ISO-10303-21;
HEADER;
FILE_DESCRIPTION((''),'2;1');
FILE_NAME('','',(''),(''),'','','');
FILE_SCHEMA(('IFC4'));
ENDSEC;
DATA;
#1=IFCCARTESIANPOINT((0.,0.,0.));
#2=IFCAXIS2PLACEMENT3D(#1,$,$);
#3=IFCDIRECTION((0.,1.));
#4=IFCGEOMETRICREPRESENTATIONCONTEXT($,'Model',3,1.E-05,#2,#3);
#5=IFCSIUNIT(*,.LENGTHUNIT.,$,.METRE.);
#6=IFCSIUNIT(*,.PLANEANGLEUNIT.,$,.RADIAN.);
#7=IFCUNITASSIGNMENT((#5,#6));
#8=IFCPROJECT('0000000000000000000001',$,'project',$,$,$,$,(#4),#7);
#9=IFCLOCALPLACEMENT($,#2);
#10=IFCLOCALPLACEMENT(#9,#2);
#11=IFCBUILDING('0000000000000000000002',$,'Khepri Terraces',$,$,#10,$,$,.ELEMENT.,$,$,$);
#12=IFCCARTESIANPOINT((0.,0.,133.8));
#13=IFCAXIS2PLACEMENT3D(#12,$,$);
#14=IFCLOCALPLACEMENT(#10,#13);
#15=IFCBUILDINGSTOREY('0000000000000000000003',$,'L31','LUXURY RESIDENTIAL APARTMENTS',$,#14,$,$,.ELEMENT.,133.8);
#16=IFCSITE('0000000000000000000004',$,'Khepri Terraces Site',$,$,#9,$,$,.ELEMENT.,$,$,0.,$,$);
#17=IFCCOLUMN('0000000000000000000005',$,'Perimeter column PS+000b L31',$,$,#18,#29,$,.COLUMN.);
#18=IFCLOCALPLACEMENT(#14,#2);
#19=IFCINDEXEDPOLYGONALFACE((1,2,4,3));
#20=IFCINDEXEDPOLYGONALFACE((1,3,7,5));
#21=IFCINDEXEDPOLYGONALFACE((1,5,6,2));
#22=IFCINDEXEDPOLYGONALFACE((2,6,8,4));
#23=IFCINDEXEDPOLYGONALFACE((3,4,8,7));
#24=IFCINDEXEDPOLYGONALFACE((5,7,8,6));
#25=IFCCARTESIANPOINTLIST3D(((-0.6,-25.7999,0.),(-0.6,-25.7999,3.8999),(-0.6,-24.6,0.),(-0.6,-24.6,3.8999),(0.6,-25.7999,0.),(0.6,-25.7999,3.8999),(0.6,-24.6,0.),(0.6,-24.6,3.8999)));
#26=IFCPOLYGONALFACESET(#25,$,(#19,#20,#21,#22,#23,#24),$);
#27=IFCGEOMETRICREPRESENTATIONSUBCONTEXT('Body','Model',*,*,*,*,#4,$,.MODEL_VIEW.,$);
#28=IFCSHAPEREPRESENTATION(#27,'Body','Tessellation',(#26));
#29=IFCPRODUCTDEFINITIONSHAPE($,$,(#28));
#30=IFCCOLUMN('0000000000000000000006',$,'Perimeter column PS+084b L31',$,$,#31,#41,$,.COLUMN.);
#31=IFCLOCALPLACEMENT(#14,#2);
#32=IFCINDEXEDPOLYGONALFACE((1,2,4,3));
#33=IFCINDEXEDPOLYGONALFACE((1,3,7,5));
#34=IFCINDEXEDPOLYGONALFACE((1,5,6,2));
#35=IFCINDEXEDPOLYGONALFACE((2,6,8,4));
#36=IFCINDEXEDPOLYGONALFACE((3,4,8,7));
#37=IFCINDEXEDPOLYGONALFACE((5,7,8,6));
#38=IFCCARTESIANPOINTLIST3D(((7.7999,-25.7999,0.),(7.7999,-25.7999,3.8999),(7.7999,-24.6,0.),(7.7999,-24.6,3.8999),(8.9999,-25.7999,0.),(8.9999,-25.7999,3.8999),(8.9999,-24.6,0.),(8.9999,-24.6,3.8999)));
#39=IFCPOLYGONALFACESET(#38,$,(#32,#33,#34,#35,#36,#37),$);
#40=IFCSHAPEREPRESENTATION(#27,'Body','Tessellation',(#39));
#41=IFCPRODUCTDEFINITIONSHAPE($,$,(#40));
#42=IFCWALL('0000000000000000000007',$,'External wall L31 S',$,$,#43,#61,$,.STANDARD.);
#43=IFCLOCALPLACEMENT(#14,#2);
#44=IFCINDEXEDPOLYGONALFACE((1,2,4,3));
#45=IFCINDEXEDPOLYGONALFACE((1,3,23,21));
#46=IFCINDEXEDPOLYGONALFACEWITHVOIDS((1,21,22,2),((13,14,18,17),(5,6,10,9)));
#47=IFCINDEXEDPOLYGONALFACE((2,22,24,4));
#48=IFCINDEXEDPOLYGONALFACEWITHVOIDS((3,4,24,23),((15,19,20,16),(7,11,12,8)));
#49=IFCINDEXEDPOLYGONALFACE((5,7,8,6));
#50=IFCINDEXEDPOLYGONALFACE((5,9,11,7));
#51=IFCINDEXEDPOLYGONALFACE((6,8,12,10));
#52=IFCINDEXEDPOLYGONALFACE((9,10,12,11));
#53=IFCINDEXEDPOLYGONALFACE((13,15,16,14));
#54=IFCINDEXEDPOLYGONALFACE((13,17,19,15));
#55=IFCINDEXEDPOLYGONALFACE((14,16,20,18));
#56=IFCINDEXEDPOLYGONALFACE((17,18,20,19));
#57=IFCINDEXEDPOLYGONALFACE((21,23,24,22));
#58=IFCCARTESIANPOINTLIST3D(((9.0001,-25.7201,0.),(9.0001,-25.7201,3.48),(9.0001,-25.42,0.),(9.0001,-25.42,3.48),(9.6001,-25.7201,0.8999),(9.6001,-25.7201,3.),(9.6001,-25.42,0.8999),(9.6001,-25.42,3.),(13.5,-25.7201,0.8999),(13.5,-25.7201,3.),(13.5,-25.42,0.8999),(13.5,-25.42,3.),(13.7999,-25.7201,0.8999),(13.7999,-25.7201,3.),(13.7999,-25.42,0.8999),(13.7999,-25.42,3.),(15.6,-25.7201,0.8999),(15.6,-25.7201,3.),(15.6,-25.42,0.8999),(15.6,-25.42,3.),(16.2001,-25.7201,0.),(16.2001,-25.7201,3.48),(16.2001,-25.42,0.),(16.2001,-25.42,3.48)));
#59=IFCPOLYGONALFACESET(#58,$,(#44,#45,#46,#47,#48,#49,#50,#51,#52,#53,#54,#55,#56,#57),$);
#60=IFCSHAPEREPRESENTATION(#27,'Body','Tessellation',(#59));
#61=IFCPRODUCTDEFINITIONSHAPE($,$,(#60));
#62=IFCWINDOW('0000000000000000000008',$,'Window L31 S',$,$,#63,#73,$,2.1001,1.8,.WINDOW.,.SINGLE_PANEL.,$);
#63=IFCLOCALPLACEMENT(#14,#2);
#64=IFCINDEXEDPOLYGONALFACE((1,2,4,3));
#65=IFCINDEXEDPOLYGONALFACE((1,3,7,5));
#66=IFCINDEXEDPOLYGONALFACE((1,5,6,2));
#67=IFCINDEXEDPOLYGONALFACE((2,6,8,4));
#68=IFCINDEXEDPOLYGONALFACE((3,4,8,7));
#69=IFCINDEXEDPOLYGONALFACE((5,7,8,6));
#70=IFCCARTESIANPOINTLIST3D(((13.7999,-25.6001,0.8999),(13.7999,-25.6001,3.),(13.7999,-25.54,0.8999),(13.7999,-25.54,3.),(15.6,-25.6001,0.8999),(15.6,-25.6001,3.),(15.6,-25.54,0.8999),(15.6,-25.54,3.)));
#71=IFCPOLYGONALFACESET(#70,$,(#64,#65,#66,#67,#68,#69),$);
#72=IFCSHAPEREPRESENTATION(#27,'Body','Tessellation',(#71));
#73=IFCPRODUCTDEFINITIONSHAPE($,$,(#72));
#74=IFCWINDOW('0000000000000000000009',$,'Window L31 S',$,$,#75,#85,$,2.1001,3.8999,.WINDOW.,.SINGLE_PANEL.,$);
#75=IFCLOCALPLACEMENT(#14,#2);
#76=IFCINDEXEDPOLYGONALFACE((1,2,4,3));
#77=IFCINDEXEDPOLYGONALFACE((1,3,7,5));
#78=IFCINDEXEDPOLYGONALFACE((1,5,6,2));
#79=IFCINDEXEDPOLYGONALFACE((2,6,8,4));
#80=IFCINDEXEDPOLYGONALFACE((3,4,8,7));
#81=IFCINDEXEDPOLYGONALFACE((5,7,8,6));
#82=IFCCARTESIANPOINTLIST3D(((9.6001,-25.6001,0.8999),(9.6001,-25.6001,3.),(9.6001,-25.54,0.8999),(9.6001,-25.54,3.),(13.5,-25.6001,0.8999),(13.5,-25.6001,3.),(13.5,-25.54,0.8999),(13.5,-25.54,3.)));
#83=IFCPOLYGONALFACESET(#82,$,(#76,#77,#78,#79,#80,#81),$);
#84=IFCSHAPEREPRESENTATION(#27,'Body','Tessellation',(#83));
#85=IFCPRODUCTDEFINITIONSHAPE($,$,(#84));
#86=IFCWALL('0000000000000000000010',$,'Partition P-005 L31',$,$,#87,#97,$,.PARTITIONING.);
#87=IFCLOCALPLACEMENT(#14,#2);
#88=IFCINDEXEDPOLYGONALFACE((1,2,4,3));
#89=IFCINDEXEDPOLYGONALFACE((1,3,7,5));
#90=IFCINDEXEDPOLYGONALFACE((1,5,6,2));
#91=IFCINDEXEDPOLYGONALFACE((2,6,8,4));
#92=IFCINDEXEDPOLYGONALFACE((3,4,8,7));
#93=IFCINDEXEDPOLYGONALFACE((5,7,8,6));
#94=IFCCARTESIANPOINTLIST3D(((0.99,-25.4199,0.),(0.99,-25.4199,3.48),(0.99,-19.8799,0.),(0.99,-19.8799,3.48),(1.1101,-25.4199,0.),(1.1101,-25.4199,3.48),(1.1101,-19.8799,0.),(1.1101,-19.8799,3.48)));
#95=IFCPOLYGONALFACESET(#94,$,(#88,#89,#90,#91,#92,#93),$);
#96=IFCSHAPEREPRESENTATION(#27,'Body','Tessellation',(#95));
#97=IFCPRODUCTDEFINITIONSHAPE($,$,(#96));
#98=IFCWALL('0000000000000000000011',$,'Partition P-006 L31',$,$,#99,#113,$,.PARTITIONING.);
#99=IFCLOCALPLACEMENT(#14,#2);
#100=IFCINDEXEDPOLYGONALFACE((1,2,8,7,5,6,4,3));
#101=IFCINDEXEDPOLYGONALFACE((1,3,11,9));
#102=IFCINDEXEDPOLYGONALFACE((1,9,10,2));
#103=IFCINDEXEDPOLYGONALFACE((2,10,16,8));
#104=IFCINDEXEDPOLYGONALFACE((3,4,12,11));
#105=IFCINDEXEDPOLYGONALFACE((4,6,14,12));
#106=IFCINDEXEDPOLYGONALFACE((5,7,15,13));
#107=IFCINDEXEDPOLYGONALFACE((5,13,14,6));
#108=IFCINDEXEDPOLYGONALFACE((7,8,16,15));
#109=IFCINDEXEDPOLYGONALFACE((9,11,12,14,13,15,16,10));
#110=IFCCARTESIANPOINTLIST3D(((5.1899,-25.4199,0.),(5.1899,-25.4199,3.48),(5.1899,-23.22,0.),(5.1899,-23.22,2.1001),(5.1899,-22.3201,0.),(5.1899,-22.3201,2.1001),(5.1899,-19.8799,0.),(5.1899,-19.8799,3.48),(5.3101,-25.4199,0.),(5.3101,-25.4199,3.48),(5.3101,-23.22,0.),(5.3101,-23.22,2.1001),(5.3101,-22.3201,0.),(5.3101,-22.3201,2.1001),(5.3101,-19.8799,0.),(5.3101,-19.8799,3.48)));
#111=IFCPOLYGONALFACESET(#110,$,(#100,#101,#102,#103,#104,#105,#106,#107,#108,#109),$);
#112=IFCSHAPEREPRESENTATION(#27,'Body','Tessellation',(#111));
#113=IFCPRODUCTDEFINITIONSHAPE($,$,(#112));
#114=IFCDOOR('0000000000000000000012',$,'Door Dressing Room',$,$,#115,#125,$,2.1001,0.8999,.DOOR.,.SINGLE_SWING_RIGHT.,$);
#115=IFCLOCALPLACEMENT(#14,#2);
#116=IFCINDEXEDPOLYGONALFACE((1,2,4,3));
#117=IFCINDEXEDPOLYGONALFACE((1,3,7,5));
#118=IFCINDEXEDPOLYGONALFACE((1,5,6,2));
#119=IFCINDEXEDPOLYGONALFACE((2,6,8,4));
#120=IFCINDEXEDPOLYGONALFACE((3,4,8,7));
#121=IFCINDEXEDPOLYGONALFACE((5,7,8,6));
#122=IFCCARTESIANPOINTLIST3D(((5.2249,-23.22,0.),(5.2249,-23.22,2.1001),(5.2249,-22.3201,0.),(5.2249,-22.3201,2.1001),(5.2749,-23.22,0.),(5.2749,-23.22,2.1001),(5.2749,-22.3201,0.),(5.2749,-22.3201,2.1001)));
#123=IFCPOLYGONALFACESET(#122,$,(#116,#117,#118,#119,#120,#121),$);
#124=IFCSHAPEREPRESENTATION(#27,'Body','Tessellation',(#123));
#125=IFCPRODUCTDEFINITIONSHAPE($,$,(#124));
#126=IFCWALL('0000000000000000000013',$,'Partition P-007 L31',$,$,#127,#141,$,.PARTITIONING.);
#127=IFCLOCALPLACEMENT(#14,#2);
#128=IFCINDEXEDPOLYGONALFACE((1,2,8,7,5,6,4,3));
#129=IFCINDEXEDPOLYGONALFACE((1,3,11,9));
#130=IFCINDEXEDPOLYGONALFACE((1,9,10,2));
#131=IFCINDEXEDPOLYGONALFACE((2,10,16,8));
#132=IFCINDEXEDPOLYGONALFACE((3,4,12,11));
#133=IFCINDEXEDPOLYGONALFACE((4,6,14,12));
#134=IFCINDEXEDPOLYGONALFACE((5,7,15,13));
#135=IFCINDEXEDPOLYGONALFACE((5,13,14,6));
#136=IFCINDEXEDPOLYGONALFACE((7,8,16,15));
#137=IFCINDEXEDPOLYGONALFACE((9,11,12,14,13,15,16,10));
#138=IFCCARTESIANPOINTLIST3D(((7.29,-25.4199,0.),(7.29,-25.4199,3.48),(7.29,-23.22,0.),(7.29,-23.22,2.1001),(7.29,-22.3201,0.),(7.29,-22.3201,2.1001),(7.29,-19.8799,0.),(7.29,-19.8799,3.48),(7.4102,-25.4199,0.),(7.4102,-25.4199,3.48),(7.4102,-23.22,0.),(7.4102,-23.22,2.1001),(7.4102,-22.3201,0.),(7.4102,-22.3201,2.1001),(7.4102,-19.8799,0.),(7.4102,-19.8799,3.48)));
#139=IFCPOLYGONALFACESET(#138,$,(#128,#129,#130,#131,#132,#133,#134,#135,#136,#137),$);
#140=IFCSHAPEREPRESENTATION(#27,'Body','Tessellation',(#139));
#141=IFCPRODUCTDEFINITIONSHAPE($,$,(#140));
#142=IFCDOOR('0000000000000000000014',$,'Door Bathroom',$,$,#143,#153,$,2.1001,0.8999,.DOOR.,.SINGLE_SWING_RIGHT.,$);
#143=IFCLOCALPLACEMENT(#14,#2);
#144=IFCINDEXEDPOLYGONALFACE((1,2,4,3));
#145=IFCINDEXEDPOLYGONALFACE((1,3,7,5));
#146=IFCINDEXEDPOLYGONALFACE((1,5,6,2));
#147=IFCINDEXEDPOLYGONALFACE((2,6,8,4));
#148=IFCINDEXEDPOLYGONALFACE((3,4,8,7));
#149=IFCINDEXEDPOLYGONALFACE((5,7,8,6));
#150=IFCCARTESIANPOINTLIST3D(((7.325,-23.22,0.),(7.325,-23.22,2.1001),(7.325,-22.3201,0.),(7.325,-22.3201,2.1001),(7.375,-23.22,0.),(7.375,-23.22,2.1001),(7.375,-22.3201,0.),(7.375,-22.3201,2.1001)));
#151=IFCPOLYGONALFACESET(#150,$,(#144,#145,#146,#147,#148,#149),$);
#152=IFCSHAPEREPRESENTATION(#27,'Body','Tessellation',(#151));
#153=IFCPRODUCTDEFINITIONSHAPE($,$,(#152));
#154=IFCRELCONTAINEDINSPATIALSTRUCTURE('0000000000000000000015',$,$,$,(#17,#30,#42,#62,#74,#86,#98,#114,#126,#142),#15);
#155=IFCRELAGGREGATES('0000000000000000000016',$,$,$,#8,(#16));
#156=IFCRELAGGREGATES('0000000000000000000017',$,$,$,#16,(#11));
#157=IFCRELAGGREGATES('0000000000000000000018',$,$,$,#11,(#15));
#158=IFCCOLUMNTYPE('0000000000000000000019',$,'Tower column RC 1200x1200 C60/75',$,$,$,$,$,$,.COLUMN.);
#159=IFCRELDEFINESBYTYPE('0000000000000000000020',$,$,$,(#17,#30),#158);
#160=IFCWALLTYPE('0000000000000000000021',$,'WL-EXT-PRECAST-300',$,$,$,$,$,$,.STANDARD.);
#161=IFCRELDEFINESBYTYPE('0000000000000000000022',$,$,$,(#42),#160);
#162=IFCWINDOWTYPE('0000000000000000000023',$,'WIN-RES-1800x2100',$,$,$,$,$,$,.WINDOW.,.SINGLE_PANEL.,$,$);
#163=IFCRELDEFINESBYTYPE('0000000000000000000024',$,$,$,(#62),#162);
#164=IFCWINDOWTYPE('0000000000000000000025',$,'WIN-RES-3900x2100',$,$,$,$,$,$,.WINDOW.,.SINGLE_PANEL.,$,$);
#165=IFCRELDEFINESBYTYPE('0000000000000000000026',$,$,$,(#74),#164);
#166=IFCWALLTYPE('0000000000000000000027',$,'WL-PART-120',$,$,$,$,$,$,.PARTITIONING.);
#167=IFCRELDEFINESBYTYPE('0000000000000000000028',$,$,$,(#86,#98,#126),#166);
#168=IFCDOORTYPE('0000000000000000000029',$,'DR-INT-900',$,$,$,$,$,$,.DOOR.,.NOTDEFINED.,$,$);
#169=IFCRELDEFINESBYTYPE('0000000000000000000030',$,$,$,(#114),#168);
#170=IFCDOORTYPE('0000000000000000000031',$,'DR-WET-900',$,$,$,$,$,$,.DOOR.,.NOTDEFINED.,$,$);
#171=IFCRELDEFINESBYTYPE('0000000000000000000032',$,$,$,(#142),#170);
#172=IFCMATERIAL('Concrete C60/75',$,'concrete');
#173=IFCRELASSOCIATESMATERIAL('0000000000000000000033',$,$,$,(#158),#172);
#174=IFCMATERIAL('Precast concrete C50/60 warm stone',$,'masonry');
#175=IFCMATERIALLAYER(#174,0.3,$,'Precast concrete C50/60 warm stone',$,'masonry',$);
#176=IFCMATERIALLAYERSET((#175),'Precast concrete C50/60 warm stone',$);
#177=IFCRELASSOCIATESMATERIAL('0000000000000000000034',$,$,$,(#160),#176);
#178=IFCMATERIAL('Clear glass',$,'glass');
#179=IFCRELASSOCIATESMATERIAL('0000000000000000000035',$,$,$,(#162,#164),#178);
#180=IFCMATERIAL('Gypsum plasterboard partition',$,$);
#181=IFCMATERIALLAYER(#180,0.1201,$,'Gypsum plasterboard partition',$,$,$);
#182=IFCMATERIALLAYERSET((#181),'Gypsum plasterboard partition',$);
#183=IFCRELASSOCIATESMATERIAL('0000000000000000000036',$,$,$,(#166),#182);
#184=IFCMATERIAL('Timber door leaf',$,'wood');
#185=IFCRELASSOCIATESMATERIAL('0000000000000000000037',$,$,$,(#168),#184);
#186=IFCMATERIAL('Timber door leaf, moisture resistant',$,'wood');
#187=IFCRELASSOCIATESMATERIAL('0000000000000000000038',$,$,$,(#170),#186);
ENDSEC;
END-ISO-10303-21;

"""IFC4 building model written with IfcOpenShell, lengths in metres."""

from ifc_helpers import new_model, si_unit, direction, frame, frame_2d, origin, origin_2d, place, context, subcontext, project, spatial, rectangle, extrude, material, layer, layer_set, material_profile, profile_set, type_object, element, fill, save


model = new_model("IFC4")

# Units and contexts
model_context = context("Model", 3, precision=1e-05, world=origin(), true_north=direction((0.0, 1.0)))
body_context = subcontext(model_context, "Body", "Model", "MODEL_VIEW")
ifc_project = project(units=[si_unit("LENGTHUNIT", "METRE"), si_unit("PLANEANGLEUNIT", "RADIAN")], contexts=[model_context])

# Site, building, storey
site_placement = place(None, origin())
site = spatial("IfcSite", under=ifc_project, at=site_placement, Name="Khepri Terraces Site", CompositionType="ELEMENT", RefElevation=0.0)
building_placement = place(site_placement, origin())
building = spatial("IfcBuilding", under=site, at=building_placement, Name="Khepri Terraces", CompositionType="ELEMENT")
storey_placement = place(building_placement, frame((0.0, 0.0, 133.8)))
storey = spatial("IfcBuildingStorey", under=building, at=storey_placement, Name="L31", Description="LUXURY RESIDENTIAL APARTMENTS", CompositionType="ELEMENT", Elevation=133.8)

# Columns
ifc_material_1 = material(Name="Concrete C60/75", Category="concrete")
ifc_material_profile = material_profile(ifc_material_1, rectangle(XDim=1.2, YDim=1.2, at=origin_2d()), Name="Concrete C60/75", Category="concrete")
ifc_profile_set = profile_set([ifc_material_profile], Name="Concrete C60/75")
column_type = type_object("IfcColumnType", Name="Tower column RC 1200x1200 C60/75", PredefinedType="COLUMN", material=ifc_profile_set)
for number, where, z_axis, x_axis, name in (
    (1, (0.0, -25.2, 0.0), (0.0, 0.0, 1.0), (1.0, 0.0, 0.0), "Perimeter column PS+000b L31"),
    (2, (8.3999, -25.2, 0.0), (0.0, 0.0, 1.0), (1.0, 0.0, 0.0), "Perimeter column PS+084b L31"),
):
    element("IfcColumn", number, at=place(storey_placement, frame(where, z_axis=z_axis, x_axis=x_axis)), inside=storey, type_object=column_type, Name=name, PredefinedType="COLUMN", context=body_context, shape_type="SweptSolid", body=[
        extrude(rectangle(XDim=1.2, YDim=1.2, at=origin_2d()), origin(), (0.0, 0.0, 1.0), 3.8999),
    ])

# Shared definitions
ifc_material_2 = material(Name="Precast concrete C50/60 warm stone", Category="masonry")
ifc_layer_1 = layer(ifc_material_2, 0.3, Name="Precast concrete C50/60 warm stone", Category="masonry")
ifc_layer_set_1 = layer_set([ifc_layer_1], Name="Precast concrete C50/60 warm stone")
wall_type_1 = type_object("IfcWallType", Name="WL-EXT-PRECAST-300", PredefinedType="STANDARD", material=ifc_layer_set_1)
ifc_material_3 = material(Name="Clear glass", Category="glass")
window_type_1 = type_object("IfcWindowType", Name="WIN-RES-1800x2100", PartitioningType="SINGLE_PANEL", PredefinedType="WINDOW", material=ifc_material_3)

# Wall, openings, windows
wall_1_placement = place(storey_placement, frame((9.0, -25.5701, 0.0), z_axis=(0.0, 0.0, 1.0), x_axis=(1.0, 0.0, 0.0)))
wall_1 = element("IfcWall", 3, at=wall_1_placement, inside=storey, type_object=wall_type_1, Name="External wall L31 S", PredefinedType="STANDARD", context=body_context, shape_type="SweptSolid", body=[
    extrude(rectangle(XDim=7.2, YDim=0.3, at=frame_2d((3.6001, 0.0))), origin(), (0.0, 0.0, 1.0), 3.48),
])
opening_1_placement = place(wall_1_placement, frame((0.6001, 0.0, 0.8999)))
opening_1 = element("IfcOpeningElement", 4, at=opening_1_placement, cuts=wall_1, PredefinedType="OPENING", context=body_context, shape_type="SweptSolid", body=[
    extrude(rectangle(XDim=3.8999, YDim=2.1001, at=frame_2d((1.95, 1.05))), frame((0.0, 0.1602, 0.0), z_axis=(0.0, -1.0, 0.0), x_axis=(1.0, 0.0, 0.0)), (0.0, 0.0, 1.0), 0.3201),
])
opening_2_placement = place(wall_1_placement, frame((4.8, 0.0, 0.8999)))
opening_2 = element("IfcOpeningElement", 5, at=opening_2_placement, cuts=wall_1, PredefinedType="OPENING", context=body_context, shape_type="SweptSolid", body=[
    extrude(rectangle(XDim=1.8, YDim=2.1001, at=frame_2d((0.8999, 1.05))), frame((0.0, 0.1602, 0.0), z_axis=(0.0, -1.0, 0.0), x_axis=(1.0, 0.0, 0.0)), (0.0, 0.0, 1.0), 0.3201),
])
window_1_placement = place(opening_2_placement, origin())
window_1 = element("IfcWindow", 6, at=window_1_placement, inside=storey, type_object=window_type_1, Name="Window L31 S", OverallHeight=2.1001, OverallWidth=1.8, PartitioningType="SINGLE_PANEL", PredefinedType="WINDOW", context=body_context, shape_type="SweptSolid", body=[
    extrude(rectangle(XDim=1.8, YDim=2.1001, at=frame_2d((0.8999, 1.05))), frame((0.0, 0.03, 0.0), z_axis=(0.0, -1.0, 0.0), x_axis=(1.0, 0.0, 0.0)), (0.0, 0.0, 1.0), 0.0601),
])
fill(opening_2, window_1)
window_type_2 = type_object("IfcWindowType", Name="WIN-RES-3900x2100", PartitioningType="SINGLE_PANEL", PredefinedType="WINDOW", material=ifc_material_3)
window_2_placement = place(opening_1_placement, origin())
window_2 = element("IfcWindow", 7, at=window_2_placement, inside=storey, type_object=window_type_2, Name="Window L31 S", OverallHeight=2.1001, OverallWidth=3.8999, PartitioningType="SINGLE_PANEL", PredefinedType="WINDOW", context=body_context, shape_type="SweptSolid", body=[
    extrude(rectangle(XDim=3.8999, YDim=2.1001, at=frame_2d((1.95, 1.05))), frame((0.0, 0.03, 0.0), z_axis=(0.0, -1.0, 0.0), x_axis=(1.0, 0.0, 0.0)), (0.0, 0.0, 1.0), 0.0601),
])
fill(opening_1, window_2)

# Wall
ifc_material_4 = material(Name="Gypsum plasterboard partition")
ifc_layer_2 = layer(ifc_material_4, 0.1201, Name="Gypsum plasterboard partition")
ifc_layer_set_2 = layer_set([ifc_layer_2], Name="Gypsum plasterboard partition")
wall_type_2 = type_object("IfcWallType", Name="WL-PART-120", PredefinedType="PARTITIONING", material=ifc_layer_set_2)
wall_2_placement = place(storey_placement, frame((1.05, -25.4199, 0.0), z_axis=(0.0, 0.0, 1.0), x_axis=(0.0, 1.0, 0.0)))
element("IfcWall", 8, at=wall_2_placement, inside=storey, type_object=wall_type_2, Name="Partition P-005 L31", PredefinedType="PARTITIONING", context=body_context, shape_type="SweptSolid", body=[
    extrude(rectangle(XDim=5.54, YDim=0.1201, at=frame_2d((2.77, 0.0))), origin(), (0.0, 0.0, 1.0), 3.48),
])

# Walls, openings, doors
wall_3_placement = place(storey_placement, frame((5.25, -25.4199, 0.0), z_axis=(0.0, 0.0, 1.0), x_axis=(0.0, 1.0, 0.0)))
wall_3 = element("IfcWall", 9, at=wall_3_placement, inside=storey, type_object=wall_type_2, Name="Partition P-006 L31", PredefinedType="PARTITIONING", context=body_context, shape_type="SweptSolid", body=[
    extrude(rectangle(XDim=5.54, YDim=0.1201, at=frame_2d((2.77, 0.0))), origin(), (0.0, 0.0, 1.0), 3.48),
])
opening_3_placement = place(wall_3_placement, frame((2.2, 0.0, 0.0)))
opening_3 = element("IfcOpeningElement", 10, at=opening_3_placement, cuts=wall_3, PredefinedType="OPENING", context=body_context, shape_type="SweptSolid", body=[
    extrude(rectangle(XDim=0.8999, YDim=2.1001, at=frame_2d((0.45, 1.05))), frame((0.0, 0.0701, 0.0), z_axis=(0.0, -1.0, 0.0), x_axis=(1.0, 0.0, 0.0)), (0.0, 0.0, 1.0), 0.1401),
])
ifc_material_5 = material(Name="Timber door leaf", Category="wood")
door_type_1 = type_object("IfcDoorType", Name="DR-INT-900", OperationType="NOTDEFINED", PredefinedType="DOOR", material=ifc_material_5)
door_1_placement = place(opening_3_placement, frame((0.8999, 0.0, 0.0), z_axis=(0.0, 0.0, 1.0), x_axis=(-1.0, 0.0, 0.0)))
door_1 = element("IfcDoor", 11, at=door_1_placement, inside=storey, type_object=door_type_1, Name="Door Dressing Room", OperationType="SINGLE_SWING_RIGHT", OverallHeight=2.1001, OverallWidth=0.8999, PredefinedType="DOOR", context=body_context, shape_type="SweptSolid", body=[
    extrude(rectangle(XDim=0.8999, YDim=2.1001, at=frame_2d((0.45, 1.05))), frame((0.0, 0.0249, 0.0), z_axis=(0.0, -1.0, 0.0), x_axis=(1.0, 0.0, 0.0)), (0.0, 0.0, 1.0), 0.05),
])
fill(opening_3, door_1)
wall_4_placement = place(storey_placement, frame((7.3501, -25.4199, 0.0), z_axis=(0.0, 0.0, 1.0), x_axis=(0.0, 1.0, 0.0)))
wall_4 = element("IfcWall", 12, at=wall_4_placement, inside=storey, type_object=wall_type_2, Name="Partition P-007 L31", PredefinedType="PARTITIONING", context=body_context, shape_type="SweptSolid", body=[
    extrude(rectangle(XDim=5.54, YDim=0.1201, at=frame_2d((2.77, 0.0))), origin(), (0.0, 0.0, 1.0), 3.48),
])
opening_4_placement = place(wall_4_placement, frame((2.2, 0.0, 0.0)))
opening_4 = element("IfcOpeningElement", 13, at=opening_4_placement, cuts=wall_4, PredefinedType="OPENING", context=body_context, shape_type="SweptSolid", body=[
    extrude(rectangle(XDim=0.8999, YDim=2.1001, at=frame_2d((0.45, 1.05))), frame((0.0, 0.0701, 0.0), z_axis=(0.0, -1.0, 0.0), x_axis=(1.0, 0.0, 0.0)), (0.0, 0.0, 1.0), 0.1401),
])
ifc_material_6 = material(Name="Timber door leaf, moisture resistant", Category="wood")
door_type_2 = type_object("IfcDoorType", Name="DR-WET-900", OperationType="NOTDEFINED", PredefinedType="DOOR", material=ifc_material_6)
door_2_placement = place(opening_4_placement, frame((0.8999, 0.0, 0.0), z_axis=(0.0, 0.0, 1.0), x_axis=(-1.0, 0.0, 0.0)))
door_2 = element("IfcDoor", 14, at=door_2_placement, inside=storey, type_object=door_type_2, Name="Door Bathroom", OperationType="SINGLE_SWING_RIGHT", OverallHeight=2.1001, OverallWidth=0.8999, PredefinedType="DOOR", context=body_context, shape_type="SweptSolid", body=[
    extrude(rectangle(XDim=0.8999, YDim=2.1001, at=frame_2d((0.45, 1.05))), frame((0.0, 0.0249, 0.0), z_axis=(0.0, -1.0, 0.0), x_axis=(1.0, 0.0, 0.0)), (0.0, 0.0, 1.0), 0.05),
])
fill(opening_4, door_2)

save(model, "model.ifc")
